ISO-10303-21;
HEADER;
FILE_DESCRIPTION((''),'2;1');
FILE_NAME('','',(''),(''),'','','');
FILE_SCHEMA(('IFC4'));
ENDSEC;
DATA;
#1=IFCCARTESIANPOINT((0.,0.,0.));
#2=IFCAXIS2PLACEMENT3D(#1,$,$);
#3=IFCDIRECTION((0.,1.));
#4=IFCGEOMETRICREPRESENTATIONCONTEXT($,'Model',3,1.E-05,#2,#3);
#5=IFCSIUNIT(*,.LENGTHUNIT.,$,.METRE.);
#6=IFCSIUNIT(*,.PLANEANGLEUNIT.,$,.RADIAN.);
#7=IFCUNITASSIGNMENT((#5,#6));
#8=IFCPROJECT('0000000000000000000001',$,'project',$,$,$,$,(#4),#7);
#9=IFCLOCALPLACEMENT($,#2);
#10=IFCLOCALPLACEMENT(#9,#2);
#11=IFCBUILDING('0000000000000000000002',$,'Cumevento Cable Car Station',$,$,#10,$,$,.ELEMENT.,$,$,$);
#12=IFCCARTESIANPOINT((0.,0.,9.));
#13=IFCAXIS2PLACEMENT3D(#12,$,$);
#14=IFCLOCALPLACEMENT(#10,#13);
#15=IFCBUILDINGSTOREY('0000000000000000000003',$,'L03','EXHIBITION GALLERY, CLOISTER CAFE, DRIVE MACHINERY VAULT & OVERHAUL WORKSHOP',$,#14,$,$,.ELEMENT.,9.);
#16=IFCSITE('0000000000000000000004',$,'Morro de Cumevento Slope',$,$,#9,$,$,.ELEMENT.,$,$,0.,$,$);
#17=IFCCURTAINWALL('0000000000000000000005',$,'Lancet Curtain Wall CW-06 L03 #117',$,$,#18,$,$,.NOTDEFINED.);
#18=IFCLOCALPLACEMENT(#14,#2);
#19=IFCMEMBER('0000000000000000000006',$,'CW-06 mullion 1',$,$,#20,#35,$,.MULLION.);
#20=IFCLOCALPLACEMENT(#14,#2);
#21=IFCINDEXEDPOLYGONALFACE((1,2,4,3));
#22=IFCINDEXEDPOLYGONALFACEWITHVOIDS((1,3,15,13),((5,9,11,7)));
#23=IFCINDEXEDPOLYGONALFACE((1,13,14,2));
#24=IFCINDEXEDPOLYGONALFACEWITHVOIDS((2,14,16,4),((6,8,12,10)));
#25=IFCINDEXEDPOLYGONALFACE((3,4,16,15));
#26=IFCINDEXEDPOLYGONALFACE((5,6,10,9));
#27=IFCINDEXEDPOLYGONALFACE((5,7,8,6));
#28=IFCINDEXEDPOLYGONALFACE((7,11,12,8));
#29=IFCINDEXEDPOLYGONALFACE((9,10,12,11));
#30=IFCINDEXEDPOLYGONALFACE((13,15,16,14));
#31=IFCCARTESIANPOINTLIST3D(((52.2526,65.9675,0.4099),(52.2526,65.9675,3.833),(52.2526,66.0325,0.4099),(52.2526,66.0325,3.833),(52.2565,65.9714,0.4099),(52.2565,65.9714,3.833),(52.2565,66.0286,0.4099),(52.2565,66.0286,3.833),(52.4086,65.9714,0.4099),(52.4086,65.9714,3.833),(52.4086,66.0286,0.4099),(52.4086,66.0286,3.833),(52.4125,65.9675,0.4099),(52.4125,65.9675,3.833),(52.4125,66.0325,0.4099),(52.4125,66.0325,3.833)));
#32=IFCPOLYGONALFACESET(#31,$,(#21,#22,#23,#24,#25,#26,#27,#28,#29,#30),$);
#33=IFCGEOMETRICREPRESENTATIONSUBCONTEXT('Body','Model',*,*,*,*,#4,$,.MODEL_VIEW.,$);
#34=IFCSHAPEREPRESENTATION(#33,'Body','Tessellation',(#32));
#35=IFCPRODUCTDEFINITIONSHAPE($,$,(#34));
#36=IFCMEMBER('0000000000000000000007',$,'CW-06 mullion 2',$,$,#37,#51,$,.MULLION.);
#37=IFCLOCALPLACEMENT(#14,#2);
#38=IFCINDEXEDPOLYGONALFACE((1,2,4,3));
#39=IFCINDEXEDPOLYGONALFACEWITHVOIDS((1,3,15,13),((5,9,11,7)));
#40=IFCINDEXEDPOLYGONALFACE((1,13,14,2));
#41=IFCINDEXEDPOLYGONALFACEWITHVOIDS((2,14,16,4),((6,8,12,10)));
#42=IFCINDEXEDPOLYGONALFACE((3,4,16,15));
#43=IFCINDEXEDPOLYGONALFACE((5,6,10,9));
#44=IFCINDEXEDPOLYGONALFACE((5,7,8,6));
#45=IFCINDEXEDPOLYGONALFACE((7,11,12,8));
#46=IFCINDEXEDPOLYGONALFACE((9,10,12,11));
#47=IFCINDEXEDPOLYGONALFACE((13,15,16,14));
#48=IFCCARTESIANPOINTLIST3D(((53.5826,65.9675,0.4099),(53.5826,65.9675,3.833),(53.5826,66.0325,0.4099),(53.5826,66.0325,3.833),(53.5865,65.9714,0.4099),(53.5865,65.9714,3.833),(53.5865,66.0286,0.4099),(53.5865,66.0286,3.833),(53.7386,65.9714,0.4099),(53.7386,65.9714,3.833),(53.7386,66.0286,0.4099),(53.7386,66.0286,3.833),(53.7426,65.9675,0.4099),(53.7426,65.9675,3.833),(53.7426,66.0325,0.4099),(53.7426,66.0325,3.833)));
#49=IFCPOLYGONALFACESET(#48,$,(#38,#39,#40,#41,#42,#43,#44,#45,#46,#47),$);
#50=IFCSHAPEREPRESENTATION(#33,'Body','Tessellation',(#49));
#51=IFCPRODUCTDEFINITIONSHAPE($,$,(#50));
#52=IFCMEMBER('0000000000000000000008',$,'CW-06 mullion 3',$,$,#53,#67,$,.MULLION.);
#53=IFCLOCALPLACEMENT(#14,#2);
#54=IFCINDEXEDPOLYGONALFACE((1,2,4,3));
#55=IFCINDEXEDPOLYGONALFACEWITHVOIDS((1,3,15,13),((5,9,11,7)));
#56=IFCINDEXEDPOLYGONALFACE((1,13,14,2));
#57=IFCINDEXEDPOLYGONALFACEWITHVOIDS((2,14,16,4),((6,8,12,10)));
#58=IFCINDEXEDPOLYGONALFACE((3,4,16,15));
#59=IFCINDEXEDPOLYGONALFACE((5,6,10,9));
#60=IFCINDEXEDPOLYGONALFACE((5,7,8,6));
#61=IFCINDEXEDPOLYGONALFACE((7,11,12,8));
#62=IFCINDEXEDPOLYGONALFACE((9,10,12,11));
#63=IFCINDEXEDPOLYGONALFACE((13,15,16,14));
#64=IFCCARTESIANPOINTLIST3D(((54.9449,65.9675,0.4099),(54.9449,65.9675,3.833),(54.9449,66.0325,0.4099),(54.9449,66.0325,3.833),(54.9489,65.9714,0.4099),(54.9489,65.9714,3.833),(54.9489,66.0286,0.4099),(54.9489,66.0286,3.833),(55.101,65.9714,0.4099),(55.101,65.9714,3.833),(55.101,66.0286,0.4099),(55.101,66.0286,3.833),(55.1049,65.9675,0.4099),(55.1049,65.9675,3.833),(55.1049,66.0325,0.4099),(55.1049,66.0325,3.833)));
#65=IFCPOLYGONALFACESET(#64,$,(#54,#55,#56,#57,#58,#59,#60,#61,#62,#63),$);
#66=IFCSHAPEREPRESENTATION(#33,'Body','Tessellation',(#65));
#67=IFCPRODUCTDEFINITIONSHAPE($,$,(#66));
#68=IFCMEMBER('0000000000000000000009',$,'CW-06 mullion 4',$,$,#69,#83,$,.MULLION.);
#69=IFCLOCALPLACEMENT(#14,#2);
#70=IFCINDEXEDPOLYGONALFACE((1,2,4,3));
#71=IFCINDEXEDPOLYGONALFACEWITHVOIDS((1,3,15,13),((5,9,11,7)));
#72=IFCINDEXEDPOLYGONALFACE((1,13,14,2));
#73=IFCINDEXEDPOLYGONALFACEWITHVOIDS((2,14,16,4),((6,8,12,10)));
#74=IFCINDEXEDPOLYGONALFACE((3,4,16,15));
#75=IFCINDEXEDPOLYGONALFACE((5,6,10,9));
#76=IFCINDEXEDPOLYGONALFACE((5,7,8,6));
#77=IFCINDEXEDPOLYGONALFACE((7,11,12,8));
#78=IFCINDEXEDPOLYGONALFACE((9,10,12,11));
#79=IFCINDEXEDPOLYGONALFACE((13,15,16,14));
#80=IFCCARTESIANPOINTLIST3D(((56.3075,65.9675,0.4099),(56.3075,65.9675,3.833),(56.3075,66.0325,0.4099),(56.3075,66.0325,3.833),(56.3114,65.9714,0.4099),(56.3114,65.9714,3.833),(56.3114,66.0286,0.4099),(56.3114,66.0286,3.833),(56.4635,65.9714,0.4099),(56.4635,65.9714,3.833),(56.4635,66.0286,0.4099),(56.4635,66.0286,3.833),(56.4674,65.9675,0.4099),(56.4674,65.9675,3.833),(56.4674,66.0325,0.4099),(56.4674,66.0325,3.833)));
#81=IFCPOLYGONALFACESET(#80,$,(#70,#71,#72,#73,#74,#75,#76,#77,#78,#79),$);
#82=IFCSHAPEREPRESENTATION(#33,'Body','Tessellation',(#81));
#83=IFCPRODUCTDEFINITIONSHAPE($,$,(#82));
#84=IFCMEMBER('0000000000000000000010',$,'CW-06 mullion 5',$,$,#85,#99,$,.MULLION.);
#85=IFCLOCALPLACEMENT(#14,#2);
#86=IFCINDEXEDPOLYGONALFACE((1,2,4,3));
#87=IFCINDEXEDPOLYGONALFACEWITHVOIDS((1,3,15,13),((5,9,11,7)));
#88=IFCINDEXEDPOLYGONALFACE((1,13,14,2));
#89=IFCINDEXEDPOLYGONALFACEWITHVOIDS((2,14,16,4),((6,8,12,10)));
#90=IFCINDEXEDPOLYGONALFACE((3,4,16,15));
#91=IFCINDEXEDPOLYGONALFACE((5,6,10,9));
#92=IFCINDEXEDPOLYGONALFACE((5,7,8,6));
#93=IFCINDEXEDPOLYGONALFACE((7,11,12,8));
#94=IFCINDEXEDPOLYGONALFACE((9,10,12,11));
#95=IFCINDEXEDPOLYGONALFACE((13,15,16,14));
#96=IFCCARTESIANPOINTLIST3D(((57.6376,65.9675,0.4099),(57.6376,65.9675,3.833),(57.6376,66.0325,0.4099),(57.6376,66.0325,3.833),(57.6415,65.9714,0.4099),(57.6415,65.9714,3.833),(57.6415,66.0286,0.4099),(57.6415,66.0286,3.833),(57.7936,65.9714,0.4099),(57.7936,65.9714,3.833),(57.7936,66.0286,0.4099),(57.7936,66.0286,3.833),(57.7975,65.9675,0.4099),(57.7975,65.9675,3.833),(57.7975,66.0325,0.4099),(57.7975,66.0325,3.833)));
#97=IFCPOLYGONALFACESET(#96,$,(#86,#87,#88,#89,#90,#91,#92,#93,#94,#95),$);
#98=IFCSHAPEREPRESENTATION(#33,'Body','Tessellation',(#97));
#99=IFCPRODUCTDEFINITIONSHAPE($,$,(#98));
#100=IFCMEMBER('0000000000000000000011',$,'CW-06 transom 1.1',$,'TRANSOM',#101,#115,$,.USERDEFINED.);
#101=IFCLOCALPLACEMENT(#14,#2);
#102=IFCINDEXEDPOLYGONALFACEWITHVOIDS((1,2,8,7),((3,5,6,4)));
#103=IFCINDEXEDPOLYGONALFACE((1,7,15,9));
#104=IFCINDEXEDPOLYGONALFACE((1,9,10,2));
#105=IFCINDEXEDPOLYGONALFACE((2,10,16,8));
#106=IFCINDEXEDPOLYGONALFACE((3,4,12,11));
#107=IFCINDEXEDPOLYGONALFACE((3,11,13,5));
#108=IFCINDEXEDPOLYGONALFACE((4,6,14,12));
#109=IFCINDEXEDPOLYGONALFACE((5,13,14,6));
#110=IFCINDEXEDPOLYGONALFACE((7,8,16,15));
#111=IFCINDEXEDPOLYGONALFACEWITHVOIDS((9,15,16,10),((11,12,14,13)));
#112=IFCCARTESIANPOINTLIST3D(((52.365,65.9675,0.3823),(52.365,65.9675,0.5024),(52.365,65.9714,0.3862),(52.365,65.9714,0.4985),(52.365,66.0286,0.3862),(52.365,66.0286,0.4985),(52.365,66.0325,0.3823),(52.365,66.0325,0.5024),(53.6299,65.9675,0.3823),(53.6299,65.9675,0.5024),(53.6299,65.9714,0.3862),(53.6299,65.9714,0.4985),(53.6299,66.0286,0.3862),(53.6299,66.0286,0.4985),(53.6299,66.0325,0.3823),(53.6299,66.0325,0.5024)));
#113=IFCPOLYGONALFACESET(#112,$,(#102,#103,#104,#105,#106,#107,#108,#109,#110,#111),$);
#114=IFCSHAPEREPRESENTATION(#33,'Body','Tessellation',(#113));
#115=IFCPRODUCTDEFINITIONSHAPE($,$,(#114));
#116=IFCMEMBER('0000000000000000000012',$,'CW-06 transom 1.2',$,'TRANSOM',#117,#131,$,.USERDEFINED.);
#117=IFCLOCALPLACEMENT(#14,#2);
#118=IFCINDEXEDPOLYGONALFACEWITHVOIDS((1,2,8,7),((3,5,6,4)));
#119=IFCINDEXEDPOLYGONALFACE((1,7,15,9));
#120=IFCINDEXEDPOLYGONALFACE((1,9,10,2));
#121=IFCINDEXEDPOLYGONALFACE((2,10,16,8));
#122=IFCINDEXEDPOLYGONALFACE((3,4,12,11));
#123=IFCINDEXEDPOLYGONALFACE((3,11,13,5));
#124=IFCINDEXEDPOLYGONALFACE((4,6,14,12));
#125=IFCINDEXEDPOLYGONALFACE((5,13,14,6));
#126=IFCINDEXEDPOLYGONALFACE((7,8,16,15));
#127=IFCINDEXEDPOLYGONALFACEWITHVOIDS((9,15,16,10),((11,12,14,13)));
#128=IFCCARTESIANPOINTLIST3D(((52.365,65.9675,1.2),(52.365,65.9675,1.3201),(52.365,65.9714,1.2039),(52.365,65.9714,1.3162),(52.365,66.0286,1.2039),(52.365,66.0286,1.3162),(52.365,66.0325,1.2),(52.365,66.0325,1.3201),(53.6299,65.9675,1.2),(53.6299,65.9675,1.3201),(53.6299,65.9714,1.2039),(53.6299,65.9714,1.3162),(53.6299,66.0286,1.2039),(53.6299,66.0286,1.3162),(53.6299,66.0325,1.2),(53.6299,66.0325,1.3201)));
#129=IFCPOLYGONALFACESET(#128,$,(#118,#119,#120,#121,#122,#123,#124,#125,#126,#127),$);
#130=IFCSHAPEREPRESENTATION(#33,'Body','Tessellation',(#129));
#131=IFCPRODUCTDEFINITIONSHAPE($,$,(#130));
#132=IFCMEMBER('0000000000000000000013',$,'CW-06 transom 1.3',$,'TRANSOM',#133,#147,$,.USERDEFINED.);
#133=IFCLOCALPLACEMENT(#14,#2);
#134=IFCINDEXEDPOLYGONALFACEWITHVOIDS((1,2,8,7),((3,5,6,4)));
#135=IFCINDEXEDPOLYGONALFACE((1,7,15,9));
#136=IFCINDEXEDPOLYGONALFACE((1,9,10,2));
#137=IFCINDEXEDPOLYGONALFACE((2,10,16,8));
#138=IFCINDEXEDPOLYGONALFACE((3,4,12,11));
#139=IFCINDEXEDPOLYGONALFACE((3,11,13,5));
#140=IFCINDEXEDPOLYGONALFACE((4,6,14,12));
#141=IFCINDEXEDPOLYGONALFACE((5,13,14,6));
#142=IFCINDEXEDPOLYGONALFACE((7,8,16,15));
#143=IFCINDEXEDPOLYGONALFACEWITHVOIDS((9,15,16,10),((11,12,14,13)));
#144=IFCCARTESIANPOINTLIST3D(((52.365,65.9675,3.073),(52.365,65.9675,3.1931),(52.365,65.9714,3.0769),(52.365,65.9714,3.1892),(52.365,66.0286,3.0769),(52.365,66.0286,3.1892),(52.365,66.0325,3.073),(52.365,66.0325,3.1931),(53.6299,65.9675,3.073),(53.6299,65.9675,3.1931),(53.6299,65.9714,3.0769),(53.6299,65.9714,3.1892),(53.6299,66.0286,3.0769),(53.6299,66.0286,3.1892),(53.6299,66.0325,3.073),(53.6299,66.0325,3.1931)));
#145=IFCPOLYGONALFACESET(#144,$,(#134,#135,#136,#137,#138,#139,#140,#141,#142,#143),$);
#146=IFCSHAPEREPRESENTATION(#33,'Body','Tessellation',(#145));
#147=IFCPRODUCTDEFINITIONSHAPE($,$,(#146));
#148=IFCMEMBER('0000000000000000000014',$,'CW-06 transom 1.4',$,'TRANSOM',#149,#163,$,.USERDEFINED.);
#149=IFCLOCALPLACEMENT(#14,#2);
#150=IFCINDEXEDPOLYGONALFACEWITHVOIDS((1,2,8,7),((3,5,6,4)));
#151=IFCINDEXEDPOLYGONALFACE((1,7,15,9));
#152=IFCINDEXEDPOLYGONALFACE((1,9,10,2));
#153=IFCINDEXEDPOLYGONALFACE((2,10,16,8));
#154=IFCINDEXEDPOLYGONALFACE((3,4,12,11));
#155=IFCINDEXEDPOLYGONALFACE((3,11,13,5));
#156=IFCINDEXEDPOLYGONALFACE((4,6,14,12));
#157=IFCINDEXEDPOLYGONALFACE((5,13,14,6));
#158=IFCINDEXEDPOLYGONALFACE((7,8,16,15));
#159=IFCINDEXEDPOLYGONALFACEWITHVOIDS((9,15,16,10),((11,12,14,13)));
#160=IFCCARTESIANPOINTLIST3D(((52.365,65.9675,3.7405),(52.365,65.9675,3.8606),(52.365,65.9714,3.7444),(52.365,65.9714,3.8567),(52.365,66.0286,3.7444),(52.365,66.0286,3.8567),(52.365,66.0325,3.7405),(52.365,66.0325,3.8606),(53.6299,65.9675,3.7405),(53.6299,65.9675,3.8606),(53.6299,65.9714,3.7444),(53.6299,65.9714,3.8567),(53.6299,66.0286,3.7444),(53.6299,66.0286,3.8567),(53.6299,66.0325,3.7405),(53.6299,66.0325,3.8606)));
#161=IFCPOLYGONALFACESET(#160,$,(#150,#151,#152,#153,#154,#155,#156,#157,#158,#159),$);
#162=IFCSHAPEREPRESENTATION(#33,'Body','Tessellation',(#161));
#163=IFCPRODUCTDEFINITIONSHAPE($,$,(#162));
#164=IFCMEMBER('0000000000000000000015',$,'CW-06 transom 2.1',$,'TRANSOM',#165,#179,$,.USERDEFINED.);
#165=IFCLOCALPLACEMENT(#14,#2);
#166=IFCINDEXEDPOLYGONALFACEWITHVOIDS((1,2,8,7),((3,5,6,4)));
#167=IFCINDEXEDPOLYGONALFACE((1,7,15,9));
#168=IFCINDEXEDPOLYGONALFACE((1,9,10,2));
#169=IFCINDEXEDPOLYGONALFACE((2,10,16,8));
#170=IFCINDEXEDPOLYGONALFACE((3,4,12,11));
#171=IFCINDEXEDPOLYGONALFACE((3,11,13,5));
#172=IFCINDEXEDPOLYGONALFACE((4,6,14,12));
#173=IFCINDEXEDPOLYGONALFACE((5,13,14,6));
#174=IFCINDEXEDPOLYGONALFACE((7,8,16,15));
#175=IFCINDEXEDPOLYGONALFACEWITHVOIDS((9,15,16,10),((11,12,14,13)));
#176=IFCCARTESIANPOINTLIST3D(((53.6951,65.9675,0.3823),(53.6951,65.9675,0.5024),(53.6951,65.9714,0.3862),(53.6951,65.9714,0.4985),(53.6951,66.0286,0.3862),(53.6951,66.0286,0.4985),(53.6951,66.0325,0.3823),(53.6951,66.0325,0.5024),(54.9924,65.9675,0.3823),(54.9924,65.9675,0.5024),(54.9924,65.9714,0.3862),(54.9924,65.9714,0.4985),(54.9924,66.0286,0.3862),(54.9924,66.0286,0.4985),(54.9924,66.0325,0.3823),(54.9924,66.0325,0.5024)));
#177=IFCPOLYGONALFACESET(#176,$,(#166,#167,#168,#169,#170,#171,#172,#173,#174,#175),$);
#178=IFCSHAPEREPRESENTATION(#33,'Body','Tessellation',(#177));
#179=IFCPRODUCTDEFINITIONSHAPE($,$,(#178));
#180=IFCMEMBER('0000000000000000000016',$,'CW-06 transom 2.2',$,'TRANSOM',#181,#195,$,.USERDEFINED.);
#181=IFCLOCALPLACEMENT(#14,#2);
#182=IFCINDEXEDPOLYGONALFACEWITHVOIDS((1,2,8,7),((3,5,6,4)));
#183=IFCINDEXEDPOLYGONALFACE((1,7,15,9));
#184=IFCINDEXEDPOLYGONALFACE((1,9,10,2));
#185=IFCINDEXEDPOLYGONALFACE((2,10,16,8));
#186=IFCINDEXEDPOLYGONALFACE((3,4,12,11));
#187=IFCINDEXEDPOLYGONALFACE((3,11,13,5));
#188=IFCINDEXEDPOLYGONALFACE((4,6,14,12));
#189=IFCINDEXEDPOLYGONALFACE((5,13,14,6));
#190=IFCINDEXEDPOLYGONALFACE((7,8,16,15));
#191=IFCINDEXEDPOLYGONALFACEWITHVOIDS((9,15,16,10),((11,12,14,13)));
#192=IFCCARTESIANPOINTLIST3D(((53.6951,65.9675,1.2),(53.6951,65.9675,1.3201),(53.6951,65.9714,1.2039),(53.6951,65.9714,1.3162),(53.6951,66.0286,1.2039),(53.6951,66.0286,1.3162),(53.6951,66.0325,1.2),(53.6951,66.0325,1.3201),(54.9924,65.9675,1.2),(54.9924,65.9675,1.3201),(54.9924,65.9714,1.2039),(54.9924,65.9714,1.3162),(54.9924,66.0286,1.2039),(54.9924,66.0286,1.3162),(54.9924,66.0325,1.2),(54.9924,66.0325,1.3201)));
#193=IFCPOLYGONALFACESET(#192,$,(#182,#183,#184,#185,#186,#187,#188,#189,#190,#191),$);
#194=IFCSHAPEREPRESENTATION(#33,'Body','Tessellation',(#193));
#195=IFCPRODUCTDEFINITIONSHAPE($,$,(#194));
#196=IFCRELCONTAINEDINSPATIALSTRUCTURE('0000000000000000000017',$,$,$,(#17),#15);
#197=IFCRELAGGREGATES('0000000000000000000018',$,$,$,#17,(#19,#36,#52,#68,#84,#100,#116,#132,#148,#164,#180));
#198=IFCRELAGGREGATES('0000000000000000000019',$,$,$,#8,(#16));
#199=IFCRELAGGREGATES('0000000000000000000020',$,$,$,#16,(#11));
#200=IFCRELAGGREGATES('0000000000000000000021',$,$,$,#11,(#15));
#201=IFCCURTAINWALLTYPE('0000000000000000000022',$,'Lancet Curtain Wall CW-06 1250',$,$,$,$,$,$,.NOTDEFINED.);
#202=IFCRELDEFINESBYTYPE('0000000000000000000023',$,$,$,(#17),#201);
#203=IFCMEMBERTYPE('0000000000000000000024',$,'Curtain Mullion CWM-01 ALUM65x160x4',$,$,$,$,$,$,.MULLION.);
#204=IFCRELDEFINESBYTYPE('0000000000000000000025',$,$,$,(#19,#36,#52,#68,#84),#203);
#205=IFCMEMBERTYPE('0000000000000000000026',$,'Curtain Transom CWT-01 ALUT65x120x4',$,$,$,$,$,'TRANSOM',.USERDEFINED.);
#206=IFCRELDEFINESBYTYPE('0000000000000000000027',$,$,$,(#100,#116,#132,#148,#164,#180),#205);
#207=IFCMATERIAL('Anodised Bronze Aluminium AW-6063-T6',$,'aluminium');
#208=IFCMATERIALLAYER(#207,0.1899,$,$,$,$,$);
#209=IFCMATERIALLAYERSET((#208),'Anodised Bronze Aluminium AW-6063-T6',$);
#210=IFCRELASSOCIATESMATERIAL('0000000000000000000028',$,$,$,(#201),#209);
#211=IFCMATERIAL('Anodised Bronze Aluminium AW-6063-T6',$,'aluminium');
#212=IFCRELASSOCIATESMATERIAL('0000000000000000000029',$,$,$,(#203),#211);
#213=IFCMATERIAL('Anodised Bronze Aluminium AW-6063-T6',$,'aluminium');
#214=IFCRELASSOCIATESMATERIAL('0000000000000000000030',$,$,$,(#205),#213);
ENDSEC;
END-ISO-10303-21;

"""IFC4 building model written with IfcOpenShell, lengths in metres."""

from ifc_helpers import new_model, si_unit, direction, frame, origin, origin_2d, place, context, subcontext, project, spatial, hollow_rectangle, extrude, material, layer, layer_set, material_profile, profile_set, type_object, element, aggregate, save


model = new_model("IFC4")

# Units and contexts
model_context = context("Model", 3, precision=1e-05, world=origin(), true_north=direction((0.0, 1.0)))
body_context = subcontext(model_context, "Body", "Model", "MODEL_VIEW")
ifc_project = project(units=[si_unit("LENGTHUNIT", "METRE"), si_unit("PLANEANGLEUNIT", "RADIAN")], contexts=[model_context])

# Site, building, storey
site_placement = place(None, origin())
site = spatial("IfcSite", under=ifc_project, at=site_placement, Name="Morro de Cumevento Slope", CompositionType="ELEMENT", RefElevation=0.0)
building_placement = place(site_placement, origin())
building = spatial("IfcBuilding", under=site, at=building_placement, Name="Cumevento Cable Car Station", CompositionType="ELEMENT")
storey_placement = place(building_placement, frame((0.0, 0.0, 9.0)))
storey = spatial("IfcBuildingStorey", under=building, at=storey_placement, Name="L03", Description="EXHIBITION GALLERY, CLOISTER CAFE, DRIVE MACHINERY VAULT & OVERHAUL WORKSHOP", CompositionType="ELEMENT", Elevation=9.0)

# Curtain wall, members
ifc_material_1 = material(Name="Anodised Bronze Aluminium AW-6063-T6", Category="aluminium")
ifc_layer_1 = layer(ifc_material_1, 0.1899)
ifc_layer_set_1 = layer_set([ifc_layer_1], Name="Anodised Bronze Aluminium AW-6063-T6")
curtain_wall_type = type_object("IfcCurtainWallType", Name="Lancet Curtain Wall CW-06 1250", PredefinedType="NOTDEFINED", material=ifc_layer_set_1)
curtain_wall_placement = place(storey_placement, origin())
curtain_wall = element("IfcCurtainWall", 1, at=curtain_wall_placement, inside=storey, type_object=curtain_wall_type, Name="Lancet Curtain Wall CW-06 L03 #117", PredefinedType="NOTDEFINED")
ifc_material_2 = material(Name="Anodised Bronze Aluminium AW-6063-T6", Category="aluminium")
ifc_material_profile_1 = material_profile(ifc_material_2, hollow_rectangle(XDim=0.0649, YDim=0.1599, WallThickness=0.0039, at=origin_2d()), Name="ALUM65x160x4")
ifc_profile_set_1 = profile_set([ifc_material_profile_1], Name="Anodised Bronze Aluminium AW-6063-T6")
member_type_1 = type_object("IfcMemberType", Name="Curtain Mullion CWM-01 ALUM65x160x4", PredefinedType="MULLION", material=ifc_profile_set_1)
member_1_placement = place(storey_placement, frame((52.3325, 66.0, 0.4099), z_axis=(0.0, 0.0, 1.0), x_axis=(0.0, 1.0, 0.0)))
member_1 = element("IfcMember", 2, at=member_1_placement, type_object=member_type_1, Name="CW-06 mullion 1", PredefinedType="MULLION", context=body_context, shape_type="SweptSolid", body=[
    extrude(hollow_rectangle(XDim=0.0649, YDim=0.1599, WallThickness=0.0039, at=origin_2d()), origin(), (0.0, 0.0, 1.0), 3.4231),
])
member_2_placement = place(storey_placement, frame((53.6626, 66.0, 0.4099), z_axis=(0.0, 0.0, 1.0), x_axis=(0.0, 1.0, 0.0)))
member_2 = element("IfcMember", 3, at=member_2_placement, type_object=member_type_1, Name="CW-06 mullion 2", PredefinedType="MULLION", context=body_context, shape_type="SweptSolid", body=[
    extrude(hollow_rectangle(XDim=0.0649, YDim=0.1599, WallThickness=0.0039, at=origin_2d()), origin(), (0.0, 0.0, 1.0), 3.4231),
])
member_3_placement = place(storey_placement, frame((55.0249, 66.0, 0.4099), z_axis=(0.0, 0.0, 1.0), x_axis=(0.0, 1.0, 0.0)))
member_3 = element("IfcMember", 4, at=member_3_placement, type_object=member_type_1, Name="CW-06 mullion 3", PredefinedType="MULLION", context=body_context, shape_type="SweptSolid", body=[
    extrude(hollow_rectangle(XDim=0.0649, YDim=0.1599, WallThickness=0.0039, at=origin_2d()), origin(), (0.0, 0.0, 1.0), 3.4231),
])
member_4_placement = place(storey_placement, frame((56.3875, 66.0, 0.4099), z_axis=(0.0, 0.0, 1.0), x_axis=(0.0, 1.0, 0.0)))
member_4 = element("IfcMember", 5, at=member_4_placement, type_object=member_type_1, Name="CW-06 mullion 4", PredefinedType="MULLION", context=body_context, shape_type="SweptSolid", body=[
    extrude(hollow_rectangle(XDim=0.0649, YDim=0.1599, WallThickness=0.0039, at=origin_2d()), origin(), (0.0, 0.0, 1.0), 3.4231),
])
member_5_placement = place(storey_placement, frame((57.7175, 66.0, 0.4099), z_axis=(0.0, 0.0, 1.0), x_axis=(0.0, 1.0, 0.0)))
member_5 = element("IfcMember", 6, at=member_5_placement, type_object=member_type_1, Name="CW-06 mullion 5", PredefinedType="MULLION", context=body_context, shape_type="SweptSolid", body=[
    extrude(hollow_rectangle(XDim=0.0649, YDim=0.1599, WallThickness=0.0039, at=origin_2d()), origin(), (0.0, 0.0, 1.0), 3.4231),
])
ifc_material_3 = material(Name="Anodised Bronze Aluminium AW-6063-T6", Category="aluminium")
ifc_material_profile_2 = material_profile(ifc_material_3, hollow_rectangle(XDim=0.0649, YDim=0.1201, WallThickness=0.0039, at=origin_2d()), Name="ALUT65x120x4")
ifc_profile_set_2 = profile_set([ifc_material_profile_2], Name="Anodised Bronze Aluminium AW-6063-T6")
member_type_2 = type_object("IfcMemberType", Name="Curtain Transom CWT-01 ALUT65x120x4", ElementType="TRANSOM", PredefinedType="USERDEFINED", material=ifc_profile_set_2)
member_6_placement = place(storey_placement, frame((52.365, 66.0, 0.4424), z_axis=(1.0, 0.0, 0.0), x_axis=(0.0, 1.0, 0.0)))
member_6 = element("IfcMember", 7, at=member_6_placement, type_object=member_type_2, Name="CW-06 transom 1.1", ObjectType="TRANSOM", PredefinedType="USERDEFINED", context=body_context, shape_type="SweptSolid", body=[
    extrude(hollow_rectangle(XDim=0.0649, YDim=0.1201, WallThickness=0.0039, at=origin_2d()), origin(), (0.0, 0.0, 1.0), 1.2649),
])
member_7_placement = place(storey_placement, frame((52.365, 66.0, 1.26), z_axis=(1.0, 0.0, 0.0), x_axis=(0.0, 1.0, 0.0)))
member_7 = element("IfcMember", 8, at=member_7_placement, type_object=member_type_2, Name="CW-06 transom 1.2", ObjectType="TRANSOM", PredefinedType="USERDEFINED", context=body_context, shape_type="SweptSolid", body=[
    extrude(hollow_rectangle(XDim=0.0649, YDim=0.1201, WallThickness=0.0039, at=origin_2d()), origin(), (0.0, 0.0, 1.0), 1.2649),
])
member_8_placement = place(storey_placement, frame((52.365, 66.0, 3.1331), z_axis=(1.0, 0.0, 0.0), x_axis=(0.0, 1.0, 0.0)))
member_8 = element("IfcMember", 9, at=member_8_placement, type_object=member_type_2, Name="CW-06 transom 1.3", ObjectType="TRANSOM", PredefinedType="USERDEFINED", context=body_context, shape_type="SweptSolid", body=[
    extrude(hollow_rectangle(XDim=0.0649, YDim=0.1201, WallThickness=0.0039, at=origin_2d()), origin(), (0.0, 0.0, 1.0), 1.2649),
])
member_9_placement = place(storey_placement, frame((52.365, 66.0, 3.8005), z_axis=(1.0, 0.0, 0.0), x_axis=(0.0, 1.0, 0.0)))
member_9 = element("IfcMember", 10, at=member_9_placement, type_object=member_type_2, Name="CW-06 transom 1.4", ObjectType="TRANSOM", PredefinedType="USERDEFINED", context=body_context, shape_type="SweptSolid", body=[
    extrude(hollow_rectangle(XDim=0.0649, YDim=0.1201, WallThickness=0.0039, at=origin_2d()), origin(), (0.0, 0.0, 1.0), 1.2649),
])
member_10_placement = place(storey_placement, frame((53.6951, 66.0, 0.4424), z_axis=(1.0, 0.0, 0.0), x_axis=(0.0, 1.0, 0.0)))
member_10 = element("IfcMember", 11, at=member_10_placement, type_object=member_type_2, Name="CW-06 transom 2.1", ObjectType="TRANSOM", PredefinedType="USERDEFINED", context=body_context, shape_type="SweptSolid", body=[
    extrude(hollow_rectangle(XDim=0.0649, YDim=0.1201, WallThickness=0.0039, at=origin_2d()), origin(), (0.0, 0.0, 1.0), 1.2974),
])
member_11_placement = place(storey_placement, frame((53.6951, 66.0, 1.26), z_axis=(1.0, 0.0, 0.0), x_axis=(0.0, 1.0, 0.0)))
member_11 = element("IfcMember", 12, at=member_11_placement, type_object=member_type_2, Name="CW-06 transom 2.2", ObjectType="TRANSOM", PredefinedType="USERDEFINED", context=body_context, shape_type="SweptSolid", body=[
    extrude(hollow_rectangle(XDim=0.0649, YDim=0.1201, WallThickness=0.0039, at=origin_2d()), origin(), (0.0, 0.0, 1.0), 1.2974),
])
aggregate(curtain_wall, [member_1, member_2, member_3, member_4, member_5, member_6, member_7, member_8, member_9, member_10, member_11])

save(model, "model.ifc")
